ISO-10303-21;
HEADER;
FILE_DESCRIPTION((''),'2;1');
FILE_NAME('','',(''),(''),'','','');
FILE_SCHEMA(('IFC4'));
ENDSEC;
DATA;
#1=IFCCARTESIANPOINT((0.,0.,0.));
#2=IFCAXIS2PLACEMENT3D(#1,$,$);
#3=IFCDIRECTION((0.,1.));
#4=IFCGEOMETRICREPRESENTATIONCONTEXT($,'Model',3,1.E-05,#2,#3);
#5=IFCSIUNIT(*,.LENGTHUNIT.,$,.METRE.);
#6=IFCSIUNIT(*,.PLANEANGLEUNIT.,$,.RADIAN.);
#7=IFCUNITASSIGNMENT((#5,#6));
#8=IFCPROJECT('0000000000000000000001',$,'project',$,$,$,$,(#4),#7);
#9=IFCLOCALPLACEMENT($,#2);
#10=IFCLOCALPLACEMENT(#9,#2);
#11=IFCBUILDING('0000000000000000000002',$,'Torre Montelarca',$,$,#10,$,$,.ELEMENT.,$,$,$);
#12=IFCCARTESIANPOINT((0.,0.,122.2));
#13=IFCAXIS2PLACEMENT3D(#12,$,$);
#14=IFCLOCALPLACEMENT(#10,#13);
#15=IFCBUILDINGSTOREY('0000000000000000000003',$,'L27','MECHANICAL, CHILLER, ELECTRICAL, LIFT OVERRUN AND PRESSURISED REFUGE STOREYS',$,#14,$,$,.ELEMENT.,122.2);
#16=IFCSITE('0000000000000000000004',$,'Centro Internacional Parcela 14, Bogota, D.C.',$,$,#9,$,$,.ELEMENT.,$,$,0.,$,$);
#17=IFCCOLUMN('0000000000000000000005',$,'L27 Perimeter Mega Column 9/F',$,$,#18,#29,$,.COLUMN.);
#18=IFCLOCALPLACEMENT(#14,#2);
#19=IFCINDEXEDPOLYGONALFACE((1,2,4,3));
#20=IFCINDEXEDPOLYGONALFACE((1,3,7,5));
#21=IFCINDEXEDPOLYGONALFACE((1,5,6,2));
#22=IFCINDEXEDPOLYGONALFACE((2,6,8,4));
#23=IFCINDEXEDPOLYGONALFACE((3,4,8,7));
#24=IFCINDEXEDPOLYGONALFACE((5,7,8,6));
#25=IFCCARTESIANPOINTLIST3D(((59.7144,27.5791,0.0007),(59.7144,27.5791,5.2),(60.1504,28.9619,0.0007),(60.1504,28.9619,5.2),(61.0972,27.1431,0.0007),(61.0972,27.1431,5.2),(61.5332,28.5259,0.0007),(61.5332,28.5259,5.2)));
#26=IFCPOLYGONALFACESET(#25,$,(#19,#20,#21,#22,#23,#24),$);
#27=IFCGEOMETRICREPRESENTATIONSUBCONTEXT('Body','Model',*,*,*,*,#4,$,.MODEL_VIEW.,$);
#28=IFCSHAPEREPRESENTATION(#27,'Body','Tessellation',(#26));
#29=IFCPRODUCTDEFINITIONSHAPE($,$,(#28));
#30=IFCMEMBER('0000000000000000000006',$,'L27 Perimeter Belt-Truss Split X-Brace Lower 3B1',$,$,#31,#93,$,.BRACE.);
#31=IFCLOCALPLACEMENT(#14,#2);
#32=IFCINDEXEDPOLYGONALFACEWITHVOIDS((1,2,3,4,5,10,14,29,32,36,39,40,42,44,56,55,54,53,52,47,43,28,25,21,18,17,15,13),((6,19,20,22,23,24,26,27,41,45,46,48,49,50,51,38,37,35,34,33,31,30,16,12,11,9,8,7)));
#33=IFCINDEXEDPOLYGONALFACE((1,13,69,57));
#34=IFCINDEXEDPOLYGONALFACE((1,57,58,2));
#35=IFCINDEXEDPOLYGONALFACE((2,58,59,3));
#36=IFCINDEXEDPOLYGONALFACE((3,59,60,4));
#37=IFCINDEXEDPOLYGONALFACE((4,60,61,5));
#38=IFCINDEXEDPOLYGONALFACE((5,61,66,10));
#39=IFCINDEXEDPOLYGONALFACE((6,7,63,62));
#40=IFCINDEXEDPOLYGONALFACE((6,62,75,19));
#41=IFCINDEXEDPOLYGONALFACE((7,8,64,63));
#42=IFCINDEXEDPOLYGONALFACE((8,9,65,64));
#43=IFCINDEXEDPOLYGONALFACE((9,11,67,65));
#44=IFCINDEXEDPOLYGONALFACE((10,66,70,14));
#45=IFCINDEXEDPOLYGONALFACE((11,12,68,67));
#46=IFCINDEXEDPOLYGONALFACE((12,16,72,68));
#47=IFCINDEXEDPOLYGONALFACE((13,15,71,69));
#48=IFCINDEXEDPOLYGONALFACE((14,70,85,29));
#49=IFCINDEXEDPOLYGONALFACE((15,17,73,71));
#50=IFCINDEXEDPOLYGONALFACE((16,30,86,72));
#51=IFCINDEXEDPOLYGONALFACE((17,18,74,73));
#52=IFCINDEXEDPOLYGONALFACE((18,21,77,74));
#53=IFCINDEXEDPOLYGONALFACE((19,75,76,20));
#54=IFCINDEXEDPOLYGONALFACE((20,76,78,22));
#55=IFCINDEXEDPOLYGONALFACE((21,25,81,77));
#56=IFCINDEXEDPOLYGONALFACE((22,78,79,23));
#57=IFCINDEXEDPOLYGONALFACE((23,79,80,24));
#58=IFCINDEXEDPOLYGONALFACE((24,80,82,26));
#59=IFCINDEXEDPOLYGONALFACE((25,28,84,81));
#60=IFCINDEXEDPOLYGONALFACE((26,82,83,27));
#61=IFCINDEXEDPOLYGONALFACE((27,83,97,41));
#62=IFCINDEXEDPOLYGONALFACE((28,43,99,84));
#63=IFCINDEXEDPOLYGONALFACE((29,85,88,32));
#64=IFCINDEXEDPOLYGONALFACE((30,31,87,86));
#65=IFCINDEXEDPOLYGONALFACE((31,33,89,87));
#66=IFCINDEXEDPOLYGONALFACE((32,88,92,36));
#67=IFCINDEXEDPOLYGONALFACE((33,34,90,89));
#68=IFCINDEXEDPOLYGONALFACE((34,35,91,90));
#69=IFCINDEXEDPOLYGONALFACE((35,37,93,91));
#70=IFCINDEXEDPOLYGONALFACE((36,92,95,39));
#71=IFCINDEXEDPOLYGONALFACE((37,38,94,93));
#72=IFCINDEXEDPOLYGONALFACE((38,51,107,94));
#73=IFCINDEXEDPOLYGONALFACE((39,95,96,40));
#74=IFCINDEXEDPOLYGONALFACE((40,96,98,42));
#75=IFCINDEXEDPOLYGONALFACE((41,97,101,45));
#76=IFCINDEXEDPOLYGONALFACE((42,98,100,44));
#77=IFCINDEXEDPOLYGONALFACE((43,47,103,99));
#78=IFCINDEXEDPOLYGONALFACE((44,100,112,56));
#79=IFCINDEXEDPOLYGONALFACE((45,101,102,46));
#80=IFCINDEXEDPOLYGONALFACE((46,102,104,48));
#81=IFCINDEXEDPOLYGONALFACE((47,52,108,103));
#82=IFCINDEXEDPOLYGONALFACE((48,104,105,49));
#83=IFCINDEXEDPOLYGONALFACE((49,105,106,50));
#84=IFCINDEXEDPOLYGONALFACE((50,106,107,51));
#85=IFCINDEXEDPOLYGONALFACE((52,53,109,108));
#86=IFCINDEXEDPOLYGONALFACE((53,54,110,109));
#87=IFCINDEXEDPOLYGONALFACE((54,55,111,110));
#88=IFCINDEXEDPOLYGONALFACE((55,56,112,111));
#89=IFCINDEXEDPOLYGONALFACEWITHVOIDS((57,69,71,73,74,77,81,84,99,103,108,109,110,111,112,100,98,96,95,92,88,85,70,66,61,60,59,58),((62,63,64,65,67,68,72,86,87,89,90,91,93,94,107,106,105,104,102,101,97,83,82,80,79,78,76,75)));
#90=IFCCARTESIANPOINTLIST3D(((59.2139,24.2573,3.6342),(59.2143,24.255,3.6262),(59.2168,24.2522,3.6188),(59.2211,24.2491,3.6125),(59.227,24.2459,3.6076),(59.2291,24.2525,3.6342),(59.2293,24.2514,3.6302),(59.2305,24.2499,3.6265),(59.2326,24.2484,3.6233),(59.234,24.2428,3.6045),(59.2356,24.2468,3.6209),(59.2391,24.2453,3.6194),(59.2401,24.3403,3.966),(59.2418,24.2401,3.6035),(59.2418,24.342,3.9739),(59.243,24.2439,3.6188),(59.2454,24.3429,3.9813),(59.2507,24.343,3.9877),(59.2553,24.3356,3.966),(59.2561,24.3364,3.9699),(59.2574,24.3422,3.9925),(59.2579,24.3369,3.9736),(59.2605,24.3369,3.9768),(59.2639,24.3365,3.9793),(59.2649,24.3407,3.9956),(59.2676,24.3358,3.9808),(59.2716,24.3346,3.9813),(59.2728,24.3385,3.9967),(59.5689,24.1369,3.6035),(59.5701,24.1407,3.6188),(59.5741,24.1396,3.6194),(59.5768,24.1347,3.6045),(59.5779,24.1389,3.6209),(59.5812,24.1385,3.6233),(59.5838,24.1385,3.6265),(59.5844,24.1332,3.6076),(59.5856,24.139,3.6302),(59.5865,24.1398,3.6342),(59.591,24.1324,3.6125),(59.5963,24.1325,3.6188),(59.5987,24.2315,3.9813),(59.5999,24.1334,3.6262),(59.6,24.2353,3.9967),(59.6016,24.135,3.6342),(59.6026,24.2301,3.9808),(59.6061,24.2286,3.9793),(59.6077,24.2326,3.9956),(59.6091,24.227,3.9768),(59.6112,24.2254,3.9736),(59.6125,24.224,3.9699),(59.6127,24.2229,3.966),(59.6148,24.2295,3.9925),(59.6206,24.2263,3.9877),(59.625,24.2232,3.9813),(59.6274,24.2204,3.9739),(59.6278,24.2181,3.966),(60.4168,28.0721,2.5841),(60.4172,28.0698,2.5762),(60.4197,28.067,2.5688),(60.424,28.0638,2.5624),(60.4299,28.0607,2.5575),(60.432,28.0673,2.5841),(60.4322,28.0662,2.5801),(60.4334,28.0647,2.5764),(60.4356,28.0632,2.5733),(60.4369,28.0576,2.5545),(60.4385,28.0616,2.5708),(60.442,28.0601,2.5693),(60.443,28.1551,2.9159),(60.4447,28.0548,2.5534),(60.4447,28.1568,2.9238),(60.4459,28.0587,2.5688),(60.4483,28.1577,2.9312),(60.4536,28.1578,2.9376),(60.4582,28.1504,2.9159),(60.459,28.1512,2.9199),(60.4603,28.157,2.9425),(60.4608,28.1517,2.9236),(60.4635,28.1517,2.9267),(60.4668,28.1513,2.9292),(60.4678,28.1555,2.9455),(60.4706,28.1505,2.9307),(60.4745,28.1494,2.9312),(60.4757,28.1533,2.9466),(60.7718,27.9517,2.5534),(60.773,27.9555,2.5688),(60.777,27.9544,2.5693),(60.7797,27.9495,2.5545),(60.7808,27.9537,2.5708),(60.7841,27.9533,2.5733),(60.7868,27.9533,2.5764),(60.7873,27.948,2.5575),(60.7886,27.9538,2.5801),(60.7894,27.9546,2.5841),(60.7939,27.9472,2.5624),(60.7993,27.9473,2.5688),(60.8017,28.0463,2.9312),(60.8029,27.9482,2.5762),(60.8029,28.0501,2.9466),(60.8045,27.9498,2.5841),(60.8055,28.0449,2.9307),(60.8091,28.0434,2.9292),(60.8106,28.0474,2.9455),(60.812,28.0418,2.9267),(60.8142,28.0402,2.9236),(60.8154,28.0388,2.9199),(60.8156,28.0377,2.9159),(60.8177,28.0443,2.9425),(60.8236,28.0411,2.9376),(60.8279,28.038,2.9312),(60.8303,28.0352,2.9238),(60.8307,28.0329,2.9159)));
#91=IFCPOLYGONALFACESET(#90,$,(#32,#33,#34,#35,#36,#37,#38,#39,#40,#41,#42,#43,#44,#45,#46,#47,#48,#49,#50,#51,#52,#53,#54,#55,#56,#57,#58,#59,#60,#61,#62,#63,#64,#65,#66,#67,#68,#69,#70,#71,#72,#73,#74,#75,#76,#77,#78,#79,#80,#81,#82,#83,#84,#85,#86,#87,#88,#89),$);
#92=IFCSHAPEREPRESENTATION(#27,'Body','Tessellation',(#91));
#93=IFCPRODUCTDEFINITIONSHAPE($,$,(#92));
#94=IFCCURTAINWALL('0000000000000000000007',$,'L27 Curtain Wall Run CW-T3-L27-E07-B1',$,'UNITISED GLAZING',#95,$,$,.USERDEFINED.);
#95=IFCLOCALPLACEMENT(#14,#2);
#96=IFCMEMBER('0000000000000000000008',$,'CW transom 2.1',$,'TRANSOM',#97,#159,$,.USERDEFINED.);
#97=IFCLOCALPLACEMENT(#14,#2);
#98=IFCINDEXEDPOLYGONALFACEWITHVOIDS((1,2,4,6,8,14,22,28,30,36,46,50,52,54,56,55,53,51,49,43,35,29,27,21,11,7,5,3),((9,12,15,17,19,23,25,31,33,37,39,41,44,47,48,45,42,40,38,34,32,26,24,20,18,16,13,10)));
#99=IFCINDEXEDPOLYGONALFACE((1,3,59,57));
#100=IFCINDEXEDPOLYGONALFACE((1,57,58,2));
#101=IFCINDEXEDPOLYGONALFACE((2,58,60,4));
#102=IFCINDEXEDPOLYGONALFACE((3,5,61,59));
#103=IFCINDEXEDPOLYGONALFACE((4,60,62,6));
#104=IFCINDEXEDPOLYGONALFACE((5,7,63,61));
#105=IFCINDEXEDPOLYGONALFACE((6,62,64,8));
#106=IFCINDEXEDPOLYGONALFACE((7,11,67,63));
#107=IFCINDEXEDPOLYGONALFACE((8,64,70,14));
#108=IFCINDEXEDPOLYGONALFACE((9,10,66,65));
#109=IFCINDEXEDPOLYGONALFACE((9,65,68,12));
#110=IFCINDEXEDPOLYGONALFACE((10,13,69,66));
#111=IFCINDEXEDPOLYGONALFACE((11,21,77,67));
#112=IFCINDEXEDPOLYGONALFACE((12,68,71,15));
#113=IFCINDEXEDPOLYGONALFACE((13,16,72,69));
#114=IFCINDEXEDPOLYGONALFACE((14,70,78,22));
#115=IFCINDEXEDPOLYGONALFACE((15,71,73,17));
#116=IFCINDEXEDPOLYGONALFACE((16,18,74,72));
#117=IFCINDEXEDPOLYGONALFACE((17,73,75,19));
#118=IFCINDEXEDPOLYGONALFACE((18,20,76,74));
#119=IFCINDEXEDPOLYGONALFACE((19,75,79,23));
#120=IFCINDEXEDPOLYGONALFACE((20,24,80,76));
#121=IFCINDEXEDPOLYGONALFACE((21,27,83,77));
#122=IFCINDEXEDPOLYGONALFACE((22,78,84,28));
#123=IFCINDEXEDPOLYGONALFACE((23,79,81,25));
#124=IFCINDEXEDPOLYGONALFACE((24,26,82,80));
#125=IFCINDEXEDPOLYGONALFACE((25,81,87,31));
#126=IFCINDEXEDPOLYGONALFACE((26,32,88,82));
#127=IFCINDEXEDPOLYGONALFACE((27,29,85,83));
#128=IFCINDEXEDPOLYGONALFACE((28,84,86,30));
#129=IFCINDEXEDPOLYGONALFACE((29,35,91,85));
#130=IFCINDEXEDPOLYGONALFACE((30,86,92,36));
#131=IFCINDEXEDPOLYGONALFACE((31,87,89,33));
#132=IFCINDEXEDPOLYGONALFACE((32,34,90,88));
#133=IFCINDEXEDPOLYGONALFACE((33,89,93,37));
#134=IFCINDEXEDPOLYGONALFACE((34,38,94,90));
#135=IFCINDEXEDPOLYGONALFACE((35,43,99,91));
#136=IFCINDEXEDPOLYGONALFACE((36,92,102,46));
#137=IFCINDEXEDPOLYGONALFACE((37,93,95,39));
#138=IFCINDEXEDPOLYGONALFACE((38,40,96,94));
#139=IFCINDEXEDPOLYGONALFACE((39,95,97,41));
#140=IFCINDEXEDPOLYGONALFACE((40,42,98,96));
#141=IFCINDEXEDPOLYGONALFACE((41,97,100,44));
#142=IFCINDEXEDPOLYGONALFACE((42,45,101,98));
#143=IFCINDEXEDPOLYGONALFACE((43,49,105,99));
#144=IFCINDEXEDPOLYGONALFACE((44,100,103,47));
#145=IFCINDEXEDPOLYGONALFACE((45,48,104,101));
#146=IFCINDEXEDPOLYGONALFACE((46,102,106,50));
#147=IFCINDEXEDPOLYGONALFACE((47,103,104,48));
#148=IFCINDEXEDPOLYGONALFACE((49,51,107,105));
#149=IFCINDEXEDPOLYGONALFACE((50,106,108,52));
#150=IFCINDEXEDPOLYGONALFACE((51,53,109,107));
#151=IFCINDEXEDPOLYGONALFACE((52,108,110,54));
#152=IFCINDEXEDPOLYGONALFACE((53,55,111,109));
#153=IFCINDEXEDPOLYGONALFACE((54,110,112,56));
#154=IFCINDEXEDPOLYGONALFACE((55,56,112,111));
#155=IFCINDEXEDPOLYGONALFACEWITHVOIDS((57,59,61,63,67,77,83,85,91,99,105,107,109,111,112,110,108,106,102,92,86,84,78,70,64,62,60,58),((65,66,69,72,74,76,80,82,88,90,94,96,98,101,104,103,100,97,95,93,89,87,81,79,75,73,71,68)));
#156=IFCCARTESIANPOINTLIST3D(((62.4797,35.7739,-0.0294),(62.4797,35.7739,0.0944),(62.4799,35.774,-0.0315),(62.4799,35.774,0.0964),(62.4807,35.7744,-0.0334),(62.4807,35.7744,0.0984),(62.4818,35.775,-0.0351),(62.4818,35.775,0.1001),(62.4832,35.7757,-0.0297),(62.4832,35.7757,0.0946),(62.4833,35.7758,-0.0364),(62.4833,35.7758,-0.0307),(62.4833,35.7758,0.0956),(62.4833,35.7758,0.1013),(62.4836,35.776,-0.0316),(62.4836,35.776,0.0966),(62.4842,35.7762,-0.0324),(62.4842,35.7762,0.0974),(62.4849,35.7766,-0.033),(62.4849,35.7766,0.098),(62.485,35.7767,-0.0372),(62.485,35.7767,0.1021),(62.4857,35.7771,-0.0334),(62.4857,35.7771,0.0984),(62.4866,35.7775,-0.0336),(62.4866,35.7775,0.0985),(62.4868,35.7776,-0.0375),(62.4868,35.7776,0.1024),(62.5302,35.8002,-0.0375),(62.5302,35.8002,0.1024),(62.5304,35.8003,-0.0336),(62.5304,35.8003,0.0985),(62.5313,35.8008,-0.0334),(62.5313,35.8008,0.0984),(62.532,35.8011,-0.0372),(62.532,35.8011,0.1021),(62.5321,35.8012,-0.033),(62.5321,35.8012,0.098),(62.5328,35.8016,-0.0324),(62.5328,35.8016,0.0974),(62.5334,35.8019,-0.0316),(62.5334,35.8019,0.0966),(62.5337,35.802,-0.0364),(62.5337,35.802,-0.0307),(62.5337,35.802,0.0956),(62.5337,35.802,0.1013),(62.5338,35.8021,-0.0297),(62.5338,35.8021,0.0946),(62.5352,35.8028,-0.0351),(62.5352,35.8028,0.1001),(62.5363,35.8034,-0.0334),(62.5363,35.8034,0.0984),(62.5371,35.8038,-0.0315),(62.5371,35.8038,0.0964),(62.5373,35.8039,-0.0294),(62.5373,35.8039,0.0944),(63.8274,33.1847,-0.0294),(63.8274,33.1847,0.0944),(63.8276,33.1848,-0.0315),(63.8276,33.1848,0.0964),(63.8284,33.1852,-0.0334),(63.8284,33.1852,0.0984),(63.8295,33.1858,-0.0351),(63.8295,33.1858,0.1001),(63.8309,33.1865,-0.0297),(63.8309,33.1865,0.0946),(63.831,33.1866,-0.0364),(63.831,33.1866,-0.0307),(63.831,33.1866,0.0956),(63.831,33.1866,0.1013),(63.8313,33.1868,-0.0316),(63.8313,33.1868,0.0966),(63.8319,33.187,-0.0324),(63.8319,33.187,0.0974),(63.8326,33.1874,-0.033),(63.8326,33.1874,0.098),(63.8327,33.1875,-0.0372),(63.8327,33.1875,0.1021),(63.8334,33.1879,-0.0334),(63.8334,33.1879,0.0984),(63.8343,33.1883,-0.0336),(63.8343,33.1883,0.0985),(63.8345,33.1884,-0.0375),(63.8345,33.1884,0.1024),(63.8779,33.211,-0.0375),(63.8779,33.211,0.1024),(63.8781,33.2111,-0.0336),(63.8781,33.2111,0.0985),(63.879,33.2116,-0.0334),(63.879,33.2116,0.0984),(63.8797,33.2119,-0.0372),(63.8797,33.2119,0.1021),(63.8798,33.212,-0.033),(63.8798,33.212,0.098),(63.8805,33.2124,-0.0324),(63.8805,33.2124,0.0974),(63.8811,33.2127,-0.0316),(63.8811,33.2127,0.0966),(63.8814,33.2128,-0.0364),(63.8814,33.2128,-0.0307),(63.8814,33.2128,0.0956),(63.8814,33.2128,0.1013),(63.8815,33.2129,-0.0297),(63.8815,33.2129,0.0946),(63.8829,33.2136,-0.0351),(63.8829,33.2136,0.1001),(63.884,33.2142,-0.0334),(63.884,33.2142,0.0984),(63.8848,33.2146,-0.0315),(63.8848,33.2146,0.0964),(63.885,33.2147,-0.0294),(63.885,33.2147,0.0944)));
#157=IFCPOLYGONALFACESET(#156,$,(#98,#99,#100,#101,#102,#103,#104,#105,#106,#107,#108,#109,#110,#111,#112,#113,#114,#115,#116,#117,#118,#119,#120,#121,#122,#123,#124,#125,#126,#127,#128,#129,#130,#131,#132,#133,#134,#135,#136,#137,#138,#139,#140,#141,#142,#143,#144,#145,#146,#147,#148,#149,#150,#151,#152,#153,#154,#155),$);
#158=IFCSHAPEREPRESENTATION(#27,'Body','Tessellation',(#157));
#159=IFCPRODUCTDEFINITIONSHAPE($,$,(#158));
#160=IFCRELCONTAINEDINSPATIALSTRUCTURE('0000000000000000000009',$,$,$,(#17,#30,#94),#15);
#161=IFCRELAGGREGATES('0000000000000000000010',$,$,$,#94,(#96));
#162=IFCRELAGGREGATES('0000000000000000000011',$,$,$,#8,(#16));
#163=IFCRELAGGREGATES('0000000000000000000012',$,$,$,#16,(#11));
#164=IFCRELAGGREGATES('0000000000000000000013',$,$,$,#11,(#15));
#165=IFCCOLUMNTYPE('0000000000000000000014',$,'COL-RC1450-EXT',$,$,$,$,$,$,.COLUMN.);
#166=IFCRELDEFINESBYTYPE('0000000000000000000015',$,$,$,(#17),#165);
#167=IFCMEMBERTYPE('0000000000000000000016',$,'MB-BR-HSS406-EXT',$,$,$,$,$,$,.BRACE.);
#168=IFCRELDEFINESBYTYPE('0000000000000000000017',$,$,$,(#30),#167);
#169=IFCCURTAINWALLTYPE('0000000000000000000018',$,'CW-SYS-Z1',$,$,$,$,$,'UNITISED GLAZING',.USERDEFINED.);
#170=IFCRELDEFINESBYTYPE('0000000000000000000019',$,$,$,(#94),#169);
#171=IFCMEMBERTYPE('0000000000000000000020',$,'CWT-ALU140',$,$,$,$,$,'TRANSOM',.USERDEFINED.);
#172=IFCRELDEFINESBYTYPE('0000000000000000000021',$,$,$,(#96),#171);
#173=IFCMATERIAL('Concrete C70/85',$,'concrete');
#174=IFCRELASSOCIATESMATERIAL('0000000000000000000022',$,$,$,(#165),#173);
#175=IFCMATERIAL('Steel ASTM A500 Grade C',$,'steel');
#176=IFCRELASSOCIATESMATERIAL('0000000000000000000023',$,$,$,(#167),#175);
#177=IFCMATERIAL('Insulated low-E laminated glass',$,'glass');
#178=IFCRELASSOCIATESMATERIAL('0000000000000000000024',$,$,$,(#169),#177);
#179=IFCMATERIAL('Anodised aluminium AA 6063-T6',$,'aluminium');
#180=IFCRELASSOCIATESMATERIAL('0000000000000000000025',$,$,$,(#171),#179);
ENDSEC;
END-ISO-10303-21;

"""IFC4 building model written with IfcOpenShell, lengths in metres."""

from ifc_helpers import new_model, si_unit, direction, frame, origin, origin_2d, place, context, subcontext, project, spatial, rectangle, hollow_rectangle, extrude, source, transform, mapped, material, material_profile, profile_set, type_object, element, aggregate, save


model = new_model("IFC4")

# Units and contexts
model_context = context("Model", 3, precision=1e-05, world=origin(), true_north=direction((0.0, 1.0)))
body_context = subcontext(model_context, "Body", "Model", "MODEL_VIEW")
ifc_project = project(units=[si_unit("LENGTHUNIT", "METRE"), si_unit("PLANEANGLEUNIT", "RADIAN")], contexts=[model_context])

# Site, building, storey
site_placement = place(None, origin())
site = spatial("IfcSite", under=ifc_project, at=site_placement, Name="Centro Internacional Parcela 14, Bogota, D.C.", CompositionType="ELEMENT", RefElevation=0.0)
building_placement = place(site_placement, origin())
building = spatial("IfcBuilding", under=site, at=building_placement, Name="Torre Montelarca", CompositionType="ELEMENT")
storey_placement = place(building_placement, frame((0.0, 0.0, 122.2)))
storey = spatial("IfcBuildingStorey", under=building, at=storey_placement, Name="L27", Description="MECHANICAL, CHILLER, ELECTRICAL, LIFT OVERRUN AND PRESSURISED REFUGE STOREYS", CompositionType="ELEMENT", Elevation=122.2)

# Column
ifc_material_1 = material(Name="Concrete C70/85", Category="concrete")
ifc_material_profile_1 = material_profile(ifc_material_1, rectangle(XDim=1.45, YDim=1.45, at=origin_2d()), Name="RC1450X1450", Category="concrete")
ifc_profile_set_1 = profile_set([ifc_material_profile_1], Name="Concrete C70/85")
column_type = type_object("IfcColumnType", Name="COL-RC1450-EXT", PredefinedType="COLUMN", material=ifc_profile_set_1)
shared_shape_1 = source(origin(), body_context, "Body", "SweptSolid", [
    extrude(rectangle(XDim=1.45, YDim=1.45, at=origin_2d()), origin(), (0.0, 0.0, 1.0), 5.1992),
])
column_placement = place(storey_placement, frame((60.6238, 28.0525, 0.0007), z_axis=(0.0, 0.0, 1.0), x_axis=(-0.953717, 0.300706, 0.0)))
element("IfcColumn", 1, at=column_placement, inside=storey, type_object=column_type, Name="L27 Perimeter Mega Column 9/F", PredefinedType="COLUMN", context=body_context, shape_type="MappedRepresentation", body=[
    mapped(shared_shape_1, transform((0.0, 0.0, 0.0), scale=1.0)),
])

# Member
ifc_material_2 = material(Name="Steel ASTM A500 Grade C", Category="steel")
ifc_material_profile_2 = material_profile(ifc_material_2, hollow_rectangle(XDim=0.4065, YDim=0.4065, WallThickness=0.0159, InnerFilletRadius=0.0159, OuterFilletRadius=0.0317, at=origin_2d()), Name="HSS406X406X15.9", Category="steel")
ifc_profile_set_2 = profile_set([ifc_material_profile_2], Name="Steel ASTM A500 Grade C")
member_type_1 = type_object("IfcMemberType", Name="MB-BR-HSS406-EXT", PredefinedType="BRACE", material=ifc_profile_set_2)
shared_shape_2 = source(origin(), body_context, "Body", "SweptSolid", [
    extrude(hollow_rectangle(XDim=0.4065, YDim=0.4065, WallThickness=0.0159, InnerFilletRadius=0.0159, OuterFilletRadius=0.0317, at=origin_2d()), origin(), (0.0, 0.0, 1.0), 4.1355),
])
member_1_placement = place(storey_placement, frame((60.6238, 28.0525, 2.75), z_axis=(-0.290875, -0.922452, 0.253918), x_axis=(0.953709, -0.300731, 0.0)))
element("IfcMember", 2, at=member_1_placement, inside=storey, type_object=member_type_1, Name="L27 Perimeter Belt-Truss Split X-Brace Lower 3B1", PredefinedType="BRACE", context=body_context, shape_type="MappedRepresentation", body=[
    mapped(shared_shape_2, transform((0.0, 0.0, 0.0), scale=1.0)),
])

# Curtain wall, member
ifc_material_3 = material(Name="Insulated low-E laminated glass", Category="glass")
curtain_wall_type = type_object("IfcCurtainWallType", Name="CW-SYS-Z1", ElementType="UNITISED GLAZING", PredefinedType="USERDEFINED", material=ifc_material_3)
curtain_wall_1_placement = place(storey_placement, origin())
curtain_wall_1 = element("IfcCurtainWall", 3, at=curtain_wall_1_placement, inside=storey, type_object=curtain_wall_type, Name="L27 Curtain Wall Run CW-T3-L27-E07-B1", ObjectType="UNITISED GLAZING", PredefinedType="USERDEFINED")
ifc_material_4 = material(Name="Anodised aluminium AA 6063-T6", Category="aluminium")
ifc_material_profile_3 = material_profile(ifc_material_4, hollow_rectangle(XDim=0.0649, YDim=0.1399, WallThickness=0.0039, InnerFilletRadius=0.0039, OuterFilletRadius=0.0081, at=origin_2d()), Name="ALU65X140X4", Category="aluminium")
ifc_profile_set_3 = profile_set([ifc_material_profile_3], Name="Anodised aluminium AA 6063-T6")
member_type_2 = type_object("IfcMemberType", Name="CWT-ALU140", ElementType="TRANSOM", PredefinedType="USERDEFINED", material=ifc_profile_set_3)
shared_shape_3 = source(origin(), body_context, "Body", "SweptSolid", [
    extrude(hollow_rectangle(XDim=0.0649, YDim=0.1399, WallThickness=0.0039, InnerFilletRadius=0.0039, OuterFilletRadius=0.0081, at=origin_2d()), origin(), (0.0, 0.0, 1.0), 2.9189),
])
member_2_placement = place(storey_placement, frame((63.8562, 33.1997, 0.0325), z_axis=(-0.461708, 0.887032, 0.0), x_axis=(-0.887032, -0.461708, 0.0)))
member_2 = element("IfcMember", 4, at=member_2_placement, type_object=member_type_2, Name="CW transom 2.1", ObjectType="TRANSOM", PredefinedType="USERDEFINED", context=body_context, shape_type="MappedRepresentation", body=[
    mapped(shared_shape_3, transform((0.0, 0.0, 0.0), scale=1.0)),
])

aggregate(curtain_wall_1, [member_2])

save(model, "model.ifc")
